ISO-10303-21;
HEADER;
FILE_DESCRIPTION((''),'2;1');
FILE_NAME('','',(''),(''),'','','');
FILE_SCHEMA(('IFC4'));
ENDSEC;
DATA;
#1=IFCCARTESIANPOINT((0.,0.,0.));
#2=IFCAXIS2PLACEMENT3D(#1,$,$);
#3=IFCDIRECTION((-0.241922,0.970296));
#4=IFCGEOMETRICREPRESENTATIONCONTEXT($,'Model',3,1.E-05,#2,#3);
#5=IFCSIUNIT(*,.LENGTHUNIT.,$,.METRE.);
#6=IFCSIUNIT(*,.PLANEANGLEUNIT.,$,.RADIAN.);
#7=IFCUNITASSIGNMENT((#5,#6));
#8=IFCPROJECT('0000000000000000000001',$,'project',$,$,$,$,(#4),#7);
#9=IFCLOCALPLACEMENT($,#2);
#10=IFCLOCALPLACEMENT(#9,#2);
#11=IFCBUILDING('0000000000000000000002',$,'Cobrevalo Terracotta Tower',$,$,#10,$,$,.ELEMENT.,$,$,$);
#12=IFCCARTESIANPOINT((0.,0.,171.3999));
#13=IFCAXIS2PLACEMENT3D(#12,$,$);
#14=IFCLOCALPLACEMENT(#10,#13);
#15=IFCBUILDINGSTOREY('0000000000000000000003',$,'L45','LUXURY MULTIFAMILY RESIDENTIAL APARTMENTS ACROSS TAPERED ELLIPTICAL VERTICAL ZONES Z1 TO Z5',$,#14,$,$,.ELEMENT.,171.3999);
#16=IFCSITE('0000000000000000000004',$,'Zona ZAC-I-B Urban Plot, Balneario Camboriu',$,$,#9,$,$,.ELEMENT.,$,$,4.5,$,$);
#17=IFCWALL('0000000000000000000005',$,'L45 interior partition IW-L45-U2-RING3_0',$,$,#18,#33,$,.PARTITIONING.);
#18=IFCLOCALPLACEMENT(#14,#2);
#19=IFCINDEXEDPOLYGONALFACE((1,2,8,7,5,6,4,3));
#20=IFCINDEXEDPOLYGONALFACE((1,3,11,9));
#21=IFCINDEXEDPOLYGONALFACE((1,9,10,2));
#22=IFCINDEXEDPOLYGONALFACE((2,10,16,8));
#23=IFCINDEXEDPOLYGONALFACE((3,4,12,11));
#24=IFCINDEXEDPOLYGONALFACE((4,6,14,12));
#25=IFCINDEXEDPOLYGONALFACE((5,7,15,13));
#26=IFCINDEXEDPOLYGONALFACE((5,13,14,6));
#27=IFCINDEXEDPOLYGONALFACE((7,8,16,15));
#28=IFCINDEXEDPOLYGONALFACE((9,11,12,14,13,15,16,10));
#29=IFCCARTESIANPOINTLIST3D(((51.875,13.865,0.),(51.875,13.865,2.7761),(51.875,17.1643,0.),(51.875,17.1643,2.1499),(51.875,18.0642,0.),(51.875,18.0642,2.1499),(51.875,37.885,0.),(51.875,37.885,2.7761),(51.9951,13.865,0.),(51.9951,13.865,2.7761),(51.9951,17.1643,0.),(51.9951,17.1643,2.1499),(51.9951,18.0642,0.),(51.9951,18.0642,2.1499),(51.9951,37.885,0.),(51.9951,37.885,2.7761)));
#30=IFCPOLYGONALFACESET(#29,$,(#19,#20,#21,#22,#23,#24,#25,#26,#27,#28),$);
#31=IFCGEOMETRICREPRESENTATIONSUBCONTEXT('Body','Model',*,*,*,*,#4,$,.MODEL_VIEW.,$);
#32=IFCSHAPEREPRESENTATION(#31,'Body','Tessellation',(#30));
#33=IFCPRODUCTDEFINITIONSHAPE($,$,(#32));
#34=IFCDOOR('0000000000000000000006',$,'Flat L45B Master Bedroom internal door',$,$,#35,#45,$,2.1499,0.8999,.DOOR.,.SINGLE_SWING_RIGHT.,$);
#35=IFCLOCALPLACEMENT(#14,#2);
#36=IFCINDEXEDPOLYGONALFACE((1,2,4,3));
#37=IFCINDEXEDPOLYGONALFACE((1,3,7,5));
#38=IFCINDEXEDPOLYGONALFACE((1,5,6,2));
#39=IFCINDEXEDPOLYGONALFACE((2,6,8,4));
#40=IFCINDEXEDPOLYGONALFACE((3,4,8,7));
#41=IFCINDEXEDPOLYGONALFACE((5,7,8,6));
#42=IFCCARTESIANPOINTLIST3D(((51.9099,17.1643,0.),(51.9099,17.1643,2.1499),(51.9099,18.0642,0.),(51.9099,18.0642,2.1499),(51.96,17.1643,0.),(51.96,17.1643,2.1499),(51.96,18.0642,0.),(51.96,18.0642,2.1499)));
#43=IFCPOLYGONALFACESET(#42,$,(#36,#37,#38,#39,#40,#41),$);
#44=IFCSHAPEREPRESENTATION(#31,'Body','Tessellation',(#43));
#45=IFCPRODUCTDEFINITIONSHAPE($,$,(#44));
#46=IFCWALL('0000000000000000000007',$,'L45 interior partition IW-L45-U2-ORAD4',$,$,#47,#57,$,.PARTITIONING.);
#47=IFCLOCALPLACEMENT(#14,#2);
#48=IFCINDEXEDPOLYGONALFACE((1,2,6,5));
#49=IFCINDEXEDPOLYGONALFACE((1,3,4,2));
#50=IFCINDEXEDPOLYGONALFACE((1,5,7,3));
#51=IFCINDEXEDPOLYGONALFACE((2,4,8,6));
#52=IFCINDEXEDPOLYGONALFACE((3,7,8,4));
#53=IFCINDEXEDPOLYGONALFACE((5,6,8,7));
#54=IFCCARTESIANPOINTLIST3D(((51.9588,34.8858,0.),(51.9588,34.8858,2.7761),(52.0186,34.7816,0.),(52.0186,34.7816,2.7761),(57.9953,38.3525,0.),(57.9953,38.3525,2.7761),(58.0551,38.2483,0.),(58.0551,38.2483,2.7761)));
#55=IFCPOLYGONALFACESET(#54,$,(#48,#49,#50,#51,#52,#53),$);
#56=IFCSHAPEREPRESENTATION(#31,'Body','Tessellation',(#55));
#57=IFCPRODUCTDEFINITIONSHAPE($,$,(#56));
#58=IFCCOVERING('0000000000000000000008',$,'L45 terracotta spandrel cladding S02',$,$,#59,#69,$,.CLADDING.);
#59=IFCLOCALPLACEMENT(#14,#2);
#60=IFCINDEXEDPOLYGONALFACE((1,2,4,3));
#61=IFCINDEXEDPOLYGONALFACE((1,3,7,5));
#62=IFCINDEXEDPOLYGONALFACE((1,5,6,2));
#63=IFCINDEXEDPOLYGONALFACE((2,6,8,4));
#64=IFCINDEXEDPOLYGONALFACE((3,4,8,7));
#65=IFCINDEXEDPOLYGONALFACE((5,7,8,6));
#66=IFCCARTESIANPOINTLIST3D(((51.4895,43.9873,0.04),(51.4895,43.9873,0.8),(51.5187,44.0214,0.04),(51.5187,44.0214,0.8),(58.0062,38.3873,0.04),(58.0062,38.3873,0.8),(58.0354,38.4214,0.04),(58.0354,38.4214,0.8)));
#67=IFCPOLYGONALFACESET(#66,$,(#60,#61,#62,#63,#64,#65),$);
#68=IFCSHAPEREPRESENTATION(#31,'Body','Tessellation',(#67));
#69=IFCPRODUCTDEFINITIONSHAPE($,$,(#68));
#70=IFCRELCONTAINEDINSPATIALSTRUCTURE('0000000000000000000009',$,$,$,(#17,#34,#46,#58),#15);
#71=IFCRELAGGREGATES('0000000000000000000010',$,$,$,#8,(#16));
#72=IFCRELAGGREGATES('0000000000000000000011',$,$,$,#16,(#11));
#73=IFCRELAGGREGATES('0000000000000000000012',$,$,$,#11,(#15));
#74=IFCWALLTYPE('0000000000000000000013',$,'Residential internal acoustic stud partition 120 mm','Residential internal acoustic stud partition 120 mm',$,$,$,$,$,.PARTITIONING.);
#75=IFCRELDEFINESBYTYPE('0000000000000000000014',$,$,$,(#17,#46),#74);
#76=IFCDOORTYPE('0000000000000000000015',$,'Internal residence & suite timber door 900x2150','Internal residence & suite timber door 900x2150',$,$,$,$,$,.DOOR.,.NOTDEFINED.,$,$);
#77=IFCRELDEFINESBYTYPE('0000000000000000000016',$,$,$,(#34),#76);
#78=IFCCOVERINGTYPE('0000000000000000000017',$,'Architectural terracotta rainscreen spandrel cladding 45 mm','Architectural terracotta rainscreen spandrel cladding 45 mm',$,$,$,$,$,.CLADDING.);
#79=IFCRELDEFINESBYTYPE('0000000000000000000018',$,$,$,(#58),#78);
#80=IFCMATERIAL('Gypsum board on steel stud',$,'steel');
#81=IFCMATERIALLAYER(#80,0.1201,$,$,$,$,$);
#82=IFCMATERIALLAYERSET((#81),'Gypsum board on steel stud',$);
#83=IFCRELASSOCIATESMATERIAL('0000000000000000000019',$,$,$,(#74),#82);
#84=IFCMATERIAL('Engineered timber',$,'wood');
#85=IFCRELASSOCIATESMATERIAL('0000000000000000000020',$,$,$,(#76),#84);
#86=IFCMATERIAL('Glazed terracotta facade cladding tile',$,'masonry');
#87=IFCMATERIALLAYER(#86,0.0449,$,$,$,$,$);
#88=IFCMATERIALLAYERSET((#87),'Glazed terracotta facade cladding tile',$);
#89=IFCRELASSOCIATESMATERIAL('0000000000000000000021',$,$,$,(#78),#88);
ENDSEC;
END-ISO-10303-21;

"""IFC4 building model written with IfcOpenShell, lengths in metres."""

from ifc_helpers import new_model, si_unit, direction, frame, frame_2d, origin, origin_2d, place, context, subcontext, project, spatial, rectangle, extrude, source, transform, mapped, material, layer, layer_set, type_object, element, fill, save


model = new_model("IFC4")

# Units and contexts
model_context = context("Model", 3, precision=1e-05, world=origin(), true_north=direction((-0.241922, 0.970296)))
body_context = subcontext(model_context, "Body", "Model", "MODEL_VIEW")
ifc_project = project(units=[si_unit("LENGTHUNIT", "METRE"), si_unit("PLANEANGLEUNIT", "RADIAN")], contexts=[model_context])

# Site, building, storey
site_placement = place(None, origin())
site = spatial("IfcSite", under=ifc_project, at=site_placement, Name="Zona ZAC-I-B Urban Plot, Balneario Camboriu", CompositionType="ELEMENT", RefElevation=4.5)
building_placement = place(site_placement, origin())
building = spatial("IfcBuilding", under=site, at=building_placement, Name="Cobrevalo Terracotta Tower", CompositionType="ELEMENT")
storey_placement = place(building_placement, frame((0.0, 0.0, 171.3999)))
storey = spatial("IfcBuildingStorey", under=building, at=storey_placement, Name="L45", Description="LUXURY MULTIFAMILY RESIDENTIAL APARTMENTS ACROSS TAPERED ELLIPTICAL VERTICAL ZONES Z1 TO Z5", CompositionType="ELEMENT", Elevation=171.3999)

# Wall, opening, door
ifc_material_1 = material(Name="Gypsum board on steel stud", Category="steel")
ifc_layer_1 = layer(ifc_material_1, 0.1201)
ifc_layer_set_1 = layer_set([ifc_layer_1], Name="Gypsum board on steel stud")
wall_type_1 = type_object("IfcWallType", Name="Residential internal acoustic stud partition 120 mm", Description="Residential internal acoustic stud partition 120 mm", PredefinedType="PARTITIONING", material=ifc_layer_set_1)
wall_1_placement = place(storey_placement, frame((51.9351, 37.885, 0.0), z_axis=(0.0, 0.0, 1.0), x_axis=(0.0, -1.0, 0.0)))
wall_1 = element("IfcWall", 1, at=wall_1_placement, inside=storey, type_object=wall_type_1, Name="L45 interior partition IW-L45-U2-RING3_0", PredefinedType="PARTITIONING", context=body_context, shape_type="SweptSolid", body=[
    extrude(rectangle(XDim=24.02, YDim=0.1201, at=frame_2d((12.01, 0.0))), origin(), (0.0, 0.0, 1.0), 2.7761),
])
opening_1_placement = place(wall_1_placement, frame((19.8208, 0.0, 0.0)))
opening_1 = element("IfcOpeningElement", 2, at=opening_1_placement, cuts=wall_1, PredefinedType="OPENING", context=body_context, shape_type="SweptSolid", body=[
    extrude(rectangle(XDim=0.8999, YDim=2.1499, at=frame_2d((0.45, 1.075))), frame((0.0, 0.0701, 0.0), z_axis=(0.0, -1.0, 0.0), x_axis=(1.0, 0.0, 0.0)), (0.0, 0.0, 1.0), 0.1401),
])
ifc_material_2 = material(Name="Engineered timber", Category="wood")
door_type_1 = type_object("IfcDoorType", Name="Internal residence & suite timber door 900x2150", Description="Internal residence & suite timber door 900x2150", OperationType="NOTDEFINED", PredefinedType="DOOR", material=ifc_material_2)
shared_shape_1 = source(origin(), body_context, "Body", "SweptSolid", [
    extrude(rectangle(XDim=0.8999, YDim=2.1499, at=frame_2d((0.45, 1.075))), frame((0.0, 0.0249, 0.0), z_axis=(0.0, -1.0, 0.0), x_axis=(1.0, 0.0, 0.0)), (0.0, 0.0, 1.0), 0.05),
])
door_1_placement = place(opening_1_placement, origin())
door_1 = element("IfcDoor", 3, at=door_1_placement, inside=storey, type_object=door_type_1, Name="Flat L45B Master Bedroom internal door", OperationType="SINGLE_SWING_RIGHT", OverallHeight=2.1499, OverallWidth=0.8999, PredefinedType="DOOR", context=body_context, shape_type="MappedRepresentation", body=[
    mapped(shared_shape_1, transform((0.0, 0.0, 0.0), scale=1.0)),
])
fill(opening_1, door_1)

# Wall
wall_2_placement = place(storey_placement, frame((51.9888, 34.8337, 0.0), z_axis=(0.0, 0.0, 1.0), x_axis=(0.867171, 0.498011, 0.0)))
element("IfcWall", 4, at=wall_2_placement, inside=storey, type_object=wall_type_1, Name="L45 interior partition IW-L45-U2-ORAD4", PredefinedType="PARTITIONING", context=body_context, shape_type="SweptSolid", body=[
    extrude(rectangle(XDim=6.9612, YDim=0.1201, at=frame_2d((3.4805, 0.0))), origin(), (0.0, 0.0, 1.0), 2.7761),
])

# Covering
ifc_material_3 = material(Name="Glazed terracotta facade cladding tile", Category="masonry")
ifc_layer_2 = layer(ifc_material_3, 0.0449)
ifc_layer_set_2 = layer_set([ifc_layer_2], Name="Glazed terracotta facade cladding tile")
covering_type = type_object("IfcCoveringType", Name="Architectural terracotta rainscreen spandrel cladding 45 mm", Description="Architectural terracotta rainscreen spandrel cladding 45 mm", PredefinedType="CLADDING", material=ifc_layer_set_2)
shared_shape_2 = source(origin(), body_context, "Body", "SweptSolid", [
    extrude(rectangle(XDim=8.5923, YDim=0.0449, at=origin_2d()), origin(), (0.0, 0.0, 1.0), 0.76),
])
covering_placement = place(storey_placement, frame((54.7625, 41.2043, 0.04), z_axis=(0.0, 0.0, 1.0), x_axis=(-0.758437, 0.651746, 0.0)))
element("IfcCovering", 5, at=covering_placement, inside=storey, type_object=covering_type, Name="L45 terracotta spandrel cladding S02", PredefinedType="CLADDING", context=body_context, shape_type="MappedRepresentation", body=[
    mapped(shared_shape_2, transform((0.0, 0.0, 0.0), scale=1.0)),
])

save(model, "model.ifc")
